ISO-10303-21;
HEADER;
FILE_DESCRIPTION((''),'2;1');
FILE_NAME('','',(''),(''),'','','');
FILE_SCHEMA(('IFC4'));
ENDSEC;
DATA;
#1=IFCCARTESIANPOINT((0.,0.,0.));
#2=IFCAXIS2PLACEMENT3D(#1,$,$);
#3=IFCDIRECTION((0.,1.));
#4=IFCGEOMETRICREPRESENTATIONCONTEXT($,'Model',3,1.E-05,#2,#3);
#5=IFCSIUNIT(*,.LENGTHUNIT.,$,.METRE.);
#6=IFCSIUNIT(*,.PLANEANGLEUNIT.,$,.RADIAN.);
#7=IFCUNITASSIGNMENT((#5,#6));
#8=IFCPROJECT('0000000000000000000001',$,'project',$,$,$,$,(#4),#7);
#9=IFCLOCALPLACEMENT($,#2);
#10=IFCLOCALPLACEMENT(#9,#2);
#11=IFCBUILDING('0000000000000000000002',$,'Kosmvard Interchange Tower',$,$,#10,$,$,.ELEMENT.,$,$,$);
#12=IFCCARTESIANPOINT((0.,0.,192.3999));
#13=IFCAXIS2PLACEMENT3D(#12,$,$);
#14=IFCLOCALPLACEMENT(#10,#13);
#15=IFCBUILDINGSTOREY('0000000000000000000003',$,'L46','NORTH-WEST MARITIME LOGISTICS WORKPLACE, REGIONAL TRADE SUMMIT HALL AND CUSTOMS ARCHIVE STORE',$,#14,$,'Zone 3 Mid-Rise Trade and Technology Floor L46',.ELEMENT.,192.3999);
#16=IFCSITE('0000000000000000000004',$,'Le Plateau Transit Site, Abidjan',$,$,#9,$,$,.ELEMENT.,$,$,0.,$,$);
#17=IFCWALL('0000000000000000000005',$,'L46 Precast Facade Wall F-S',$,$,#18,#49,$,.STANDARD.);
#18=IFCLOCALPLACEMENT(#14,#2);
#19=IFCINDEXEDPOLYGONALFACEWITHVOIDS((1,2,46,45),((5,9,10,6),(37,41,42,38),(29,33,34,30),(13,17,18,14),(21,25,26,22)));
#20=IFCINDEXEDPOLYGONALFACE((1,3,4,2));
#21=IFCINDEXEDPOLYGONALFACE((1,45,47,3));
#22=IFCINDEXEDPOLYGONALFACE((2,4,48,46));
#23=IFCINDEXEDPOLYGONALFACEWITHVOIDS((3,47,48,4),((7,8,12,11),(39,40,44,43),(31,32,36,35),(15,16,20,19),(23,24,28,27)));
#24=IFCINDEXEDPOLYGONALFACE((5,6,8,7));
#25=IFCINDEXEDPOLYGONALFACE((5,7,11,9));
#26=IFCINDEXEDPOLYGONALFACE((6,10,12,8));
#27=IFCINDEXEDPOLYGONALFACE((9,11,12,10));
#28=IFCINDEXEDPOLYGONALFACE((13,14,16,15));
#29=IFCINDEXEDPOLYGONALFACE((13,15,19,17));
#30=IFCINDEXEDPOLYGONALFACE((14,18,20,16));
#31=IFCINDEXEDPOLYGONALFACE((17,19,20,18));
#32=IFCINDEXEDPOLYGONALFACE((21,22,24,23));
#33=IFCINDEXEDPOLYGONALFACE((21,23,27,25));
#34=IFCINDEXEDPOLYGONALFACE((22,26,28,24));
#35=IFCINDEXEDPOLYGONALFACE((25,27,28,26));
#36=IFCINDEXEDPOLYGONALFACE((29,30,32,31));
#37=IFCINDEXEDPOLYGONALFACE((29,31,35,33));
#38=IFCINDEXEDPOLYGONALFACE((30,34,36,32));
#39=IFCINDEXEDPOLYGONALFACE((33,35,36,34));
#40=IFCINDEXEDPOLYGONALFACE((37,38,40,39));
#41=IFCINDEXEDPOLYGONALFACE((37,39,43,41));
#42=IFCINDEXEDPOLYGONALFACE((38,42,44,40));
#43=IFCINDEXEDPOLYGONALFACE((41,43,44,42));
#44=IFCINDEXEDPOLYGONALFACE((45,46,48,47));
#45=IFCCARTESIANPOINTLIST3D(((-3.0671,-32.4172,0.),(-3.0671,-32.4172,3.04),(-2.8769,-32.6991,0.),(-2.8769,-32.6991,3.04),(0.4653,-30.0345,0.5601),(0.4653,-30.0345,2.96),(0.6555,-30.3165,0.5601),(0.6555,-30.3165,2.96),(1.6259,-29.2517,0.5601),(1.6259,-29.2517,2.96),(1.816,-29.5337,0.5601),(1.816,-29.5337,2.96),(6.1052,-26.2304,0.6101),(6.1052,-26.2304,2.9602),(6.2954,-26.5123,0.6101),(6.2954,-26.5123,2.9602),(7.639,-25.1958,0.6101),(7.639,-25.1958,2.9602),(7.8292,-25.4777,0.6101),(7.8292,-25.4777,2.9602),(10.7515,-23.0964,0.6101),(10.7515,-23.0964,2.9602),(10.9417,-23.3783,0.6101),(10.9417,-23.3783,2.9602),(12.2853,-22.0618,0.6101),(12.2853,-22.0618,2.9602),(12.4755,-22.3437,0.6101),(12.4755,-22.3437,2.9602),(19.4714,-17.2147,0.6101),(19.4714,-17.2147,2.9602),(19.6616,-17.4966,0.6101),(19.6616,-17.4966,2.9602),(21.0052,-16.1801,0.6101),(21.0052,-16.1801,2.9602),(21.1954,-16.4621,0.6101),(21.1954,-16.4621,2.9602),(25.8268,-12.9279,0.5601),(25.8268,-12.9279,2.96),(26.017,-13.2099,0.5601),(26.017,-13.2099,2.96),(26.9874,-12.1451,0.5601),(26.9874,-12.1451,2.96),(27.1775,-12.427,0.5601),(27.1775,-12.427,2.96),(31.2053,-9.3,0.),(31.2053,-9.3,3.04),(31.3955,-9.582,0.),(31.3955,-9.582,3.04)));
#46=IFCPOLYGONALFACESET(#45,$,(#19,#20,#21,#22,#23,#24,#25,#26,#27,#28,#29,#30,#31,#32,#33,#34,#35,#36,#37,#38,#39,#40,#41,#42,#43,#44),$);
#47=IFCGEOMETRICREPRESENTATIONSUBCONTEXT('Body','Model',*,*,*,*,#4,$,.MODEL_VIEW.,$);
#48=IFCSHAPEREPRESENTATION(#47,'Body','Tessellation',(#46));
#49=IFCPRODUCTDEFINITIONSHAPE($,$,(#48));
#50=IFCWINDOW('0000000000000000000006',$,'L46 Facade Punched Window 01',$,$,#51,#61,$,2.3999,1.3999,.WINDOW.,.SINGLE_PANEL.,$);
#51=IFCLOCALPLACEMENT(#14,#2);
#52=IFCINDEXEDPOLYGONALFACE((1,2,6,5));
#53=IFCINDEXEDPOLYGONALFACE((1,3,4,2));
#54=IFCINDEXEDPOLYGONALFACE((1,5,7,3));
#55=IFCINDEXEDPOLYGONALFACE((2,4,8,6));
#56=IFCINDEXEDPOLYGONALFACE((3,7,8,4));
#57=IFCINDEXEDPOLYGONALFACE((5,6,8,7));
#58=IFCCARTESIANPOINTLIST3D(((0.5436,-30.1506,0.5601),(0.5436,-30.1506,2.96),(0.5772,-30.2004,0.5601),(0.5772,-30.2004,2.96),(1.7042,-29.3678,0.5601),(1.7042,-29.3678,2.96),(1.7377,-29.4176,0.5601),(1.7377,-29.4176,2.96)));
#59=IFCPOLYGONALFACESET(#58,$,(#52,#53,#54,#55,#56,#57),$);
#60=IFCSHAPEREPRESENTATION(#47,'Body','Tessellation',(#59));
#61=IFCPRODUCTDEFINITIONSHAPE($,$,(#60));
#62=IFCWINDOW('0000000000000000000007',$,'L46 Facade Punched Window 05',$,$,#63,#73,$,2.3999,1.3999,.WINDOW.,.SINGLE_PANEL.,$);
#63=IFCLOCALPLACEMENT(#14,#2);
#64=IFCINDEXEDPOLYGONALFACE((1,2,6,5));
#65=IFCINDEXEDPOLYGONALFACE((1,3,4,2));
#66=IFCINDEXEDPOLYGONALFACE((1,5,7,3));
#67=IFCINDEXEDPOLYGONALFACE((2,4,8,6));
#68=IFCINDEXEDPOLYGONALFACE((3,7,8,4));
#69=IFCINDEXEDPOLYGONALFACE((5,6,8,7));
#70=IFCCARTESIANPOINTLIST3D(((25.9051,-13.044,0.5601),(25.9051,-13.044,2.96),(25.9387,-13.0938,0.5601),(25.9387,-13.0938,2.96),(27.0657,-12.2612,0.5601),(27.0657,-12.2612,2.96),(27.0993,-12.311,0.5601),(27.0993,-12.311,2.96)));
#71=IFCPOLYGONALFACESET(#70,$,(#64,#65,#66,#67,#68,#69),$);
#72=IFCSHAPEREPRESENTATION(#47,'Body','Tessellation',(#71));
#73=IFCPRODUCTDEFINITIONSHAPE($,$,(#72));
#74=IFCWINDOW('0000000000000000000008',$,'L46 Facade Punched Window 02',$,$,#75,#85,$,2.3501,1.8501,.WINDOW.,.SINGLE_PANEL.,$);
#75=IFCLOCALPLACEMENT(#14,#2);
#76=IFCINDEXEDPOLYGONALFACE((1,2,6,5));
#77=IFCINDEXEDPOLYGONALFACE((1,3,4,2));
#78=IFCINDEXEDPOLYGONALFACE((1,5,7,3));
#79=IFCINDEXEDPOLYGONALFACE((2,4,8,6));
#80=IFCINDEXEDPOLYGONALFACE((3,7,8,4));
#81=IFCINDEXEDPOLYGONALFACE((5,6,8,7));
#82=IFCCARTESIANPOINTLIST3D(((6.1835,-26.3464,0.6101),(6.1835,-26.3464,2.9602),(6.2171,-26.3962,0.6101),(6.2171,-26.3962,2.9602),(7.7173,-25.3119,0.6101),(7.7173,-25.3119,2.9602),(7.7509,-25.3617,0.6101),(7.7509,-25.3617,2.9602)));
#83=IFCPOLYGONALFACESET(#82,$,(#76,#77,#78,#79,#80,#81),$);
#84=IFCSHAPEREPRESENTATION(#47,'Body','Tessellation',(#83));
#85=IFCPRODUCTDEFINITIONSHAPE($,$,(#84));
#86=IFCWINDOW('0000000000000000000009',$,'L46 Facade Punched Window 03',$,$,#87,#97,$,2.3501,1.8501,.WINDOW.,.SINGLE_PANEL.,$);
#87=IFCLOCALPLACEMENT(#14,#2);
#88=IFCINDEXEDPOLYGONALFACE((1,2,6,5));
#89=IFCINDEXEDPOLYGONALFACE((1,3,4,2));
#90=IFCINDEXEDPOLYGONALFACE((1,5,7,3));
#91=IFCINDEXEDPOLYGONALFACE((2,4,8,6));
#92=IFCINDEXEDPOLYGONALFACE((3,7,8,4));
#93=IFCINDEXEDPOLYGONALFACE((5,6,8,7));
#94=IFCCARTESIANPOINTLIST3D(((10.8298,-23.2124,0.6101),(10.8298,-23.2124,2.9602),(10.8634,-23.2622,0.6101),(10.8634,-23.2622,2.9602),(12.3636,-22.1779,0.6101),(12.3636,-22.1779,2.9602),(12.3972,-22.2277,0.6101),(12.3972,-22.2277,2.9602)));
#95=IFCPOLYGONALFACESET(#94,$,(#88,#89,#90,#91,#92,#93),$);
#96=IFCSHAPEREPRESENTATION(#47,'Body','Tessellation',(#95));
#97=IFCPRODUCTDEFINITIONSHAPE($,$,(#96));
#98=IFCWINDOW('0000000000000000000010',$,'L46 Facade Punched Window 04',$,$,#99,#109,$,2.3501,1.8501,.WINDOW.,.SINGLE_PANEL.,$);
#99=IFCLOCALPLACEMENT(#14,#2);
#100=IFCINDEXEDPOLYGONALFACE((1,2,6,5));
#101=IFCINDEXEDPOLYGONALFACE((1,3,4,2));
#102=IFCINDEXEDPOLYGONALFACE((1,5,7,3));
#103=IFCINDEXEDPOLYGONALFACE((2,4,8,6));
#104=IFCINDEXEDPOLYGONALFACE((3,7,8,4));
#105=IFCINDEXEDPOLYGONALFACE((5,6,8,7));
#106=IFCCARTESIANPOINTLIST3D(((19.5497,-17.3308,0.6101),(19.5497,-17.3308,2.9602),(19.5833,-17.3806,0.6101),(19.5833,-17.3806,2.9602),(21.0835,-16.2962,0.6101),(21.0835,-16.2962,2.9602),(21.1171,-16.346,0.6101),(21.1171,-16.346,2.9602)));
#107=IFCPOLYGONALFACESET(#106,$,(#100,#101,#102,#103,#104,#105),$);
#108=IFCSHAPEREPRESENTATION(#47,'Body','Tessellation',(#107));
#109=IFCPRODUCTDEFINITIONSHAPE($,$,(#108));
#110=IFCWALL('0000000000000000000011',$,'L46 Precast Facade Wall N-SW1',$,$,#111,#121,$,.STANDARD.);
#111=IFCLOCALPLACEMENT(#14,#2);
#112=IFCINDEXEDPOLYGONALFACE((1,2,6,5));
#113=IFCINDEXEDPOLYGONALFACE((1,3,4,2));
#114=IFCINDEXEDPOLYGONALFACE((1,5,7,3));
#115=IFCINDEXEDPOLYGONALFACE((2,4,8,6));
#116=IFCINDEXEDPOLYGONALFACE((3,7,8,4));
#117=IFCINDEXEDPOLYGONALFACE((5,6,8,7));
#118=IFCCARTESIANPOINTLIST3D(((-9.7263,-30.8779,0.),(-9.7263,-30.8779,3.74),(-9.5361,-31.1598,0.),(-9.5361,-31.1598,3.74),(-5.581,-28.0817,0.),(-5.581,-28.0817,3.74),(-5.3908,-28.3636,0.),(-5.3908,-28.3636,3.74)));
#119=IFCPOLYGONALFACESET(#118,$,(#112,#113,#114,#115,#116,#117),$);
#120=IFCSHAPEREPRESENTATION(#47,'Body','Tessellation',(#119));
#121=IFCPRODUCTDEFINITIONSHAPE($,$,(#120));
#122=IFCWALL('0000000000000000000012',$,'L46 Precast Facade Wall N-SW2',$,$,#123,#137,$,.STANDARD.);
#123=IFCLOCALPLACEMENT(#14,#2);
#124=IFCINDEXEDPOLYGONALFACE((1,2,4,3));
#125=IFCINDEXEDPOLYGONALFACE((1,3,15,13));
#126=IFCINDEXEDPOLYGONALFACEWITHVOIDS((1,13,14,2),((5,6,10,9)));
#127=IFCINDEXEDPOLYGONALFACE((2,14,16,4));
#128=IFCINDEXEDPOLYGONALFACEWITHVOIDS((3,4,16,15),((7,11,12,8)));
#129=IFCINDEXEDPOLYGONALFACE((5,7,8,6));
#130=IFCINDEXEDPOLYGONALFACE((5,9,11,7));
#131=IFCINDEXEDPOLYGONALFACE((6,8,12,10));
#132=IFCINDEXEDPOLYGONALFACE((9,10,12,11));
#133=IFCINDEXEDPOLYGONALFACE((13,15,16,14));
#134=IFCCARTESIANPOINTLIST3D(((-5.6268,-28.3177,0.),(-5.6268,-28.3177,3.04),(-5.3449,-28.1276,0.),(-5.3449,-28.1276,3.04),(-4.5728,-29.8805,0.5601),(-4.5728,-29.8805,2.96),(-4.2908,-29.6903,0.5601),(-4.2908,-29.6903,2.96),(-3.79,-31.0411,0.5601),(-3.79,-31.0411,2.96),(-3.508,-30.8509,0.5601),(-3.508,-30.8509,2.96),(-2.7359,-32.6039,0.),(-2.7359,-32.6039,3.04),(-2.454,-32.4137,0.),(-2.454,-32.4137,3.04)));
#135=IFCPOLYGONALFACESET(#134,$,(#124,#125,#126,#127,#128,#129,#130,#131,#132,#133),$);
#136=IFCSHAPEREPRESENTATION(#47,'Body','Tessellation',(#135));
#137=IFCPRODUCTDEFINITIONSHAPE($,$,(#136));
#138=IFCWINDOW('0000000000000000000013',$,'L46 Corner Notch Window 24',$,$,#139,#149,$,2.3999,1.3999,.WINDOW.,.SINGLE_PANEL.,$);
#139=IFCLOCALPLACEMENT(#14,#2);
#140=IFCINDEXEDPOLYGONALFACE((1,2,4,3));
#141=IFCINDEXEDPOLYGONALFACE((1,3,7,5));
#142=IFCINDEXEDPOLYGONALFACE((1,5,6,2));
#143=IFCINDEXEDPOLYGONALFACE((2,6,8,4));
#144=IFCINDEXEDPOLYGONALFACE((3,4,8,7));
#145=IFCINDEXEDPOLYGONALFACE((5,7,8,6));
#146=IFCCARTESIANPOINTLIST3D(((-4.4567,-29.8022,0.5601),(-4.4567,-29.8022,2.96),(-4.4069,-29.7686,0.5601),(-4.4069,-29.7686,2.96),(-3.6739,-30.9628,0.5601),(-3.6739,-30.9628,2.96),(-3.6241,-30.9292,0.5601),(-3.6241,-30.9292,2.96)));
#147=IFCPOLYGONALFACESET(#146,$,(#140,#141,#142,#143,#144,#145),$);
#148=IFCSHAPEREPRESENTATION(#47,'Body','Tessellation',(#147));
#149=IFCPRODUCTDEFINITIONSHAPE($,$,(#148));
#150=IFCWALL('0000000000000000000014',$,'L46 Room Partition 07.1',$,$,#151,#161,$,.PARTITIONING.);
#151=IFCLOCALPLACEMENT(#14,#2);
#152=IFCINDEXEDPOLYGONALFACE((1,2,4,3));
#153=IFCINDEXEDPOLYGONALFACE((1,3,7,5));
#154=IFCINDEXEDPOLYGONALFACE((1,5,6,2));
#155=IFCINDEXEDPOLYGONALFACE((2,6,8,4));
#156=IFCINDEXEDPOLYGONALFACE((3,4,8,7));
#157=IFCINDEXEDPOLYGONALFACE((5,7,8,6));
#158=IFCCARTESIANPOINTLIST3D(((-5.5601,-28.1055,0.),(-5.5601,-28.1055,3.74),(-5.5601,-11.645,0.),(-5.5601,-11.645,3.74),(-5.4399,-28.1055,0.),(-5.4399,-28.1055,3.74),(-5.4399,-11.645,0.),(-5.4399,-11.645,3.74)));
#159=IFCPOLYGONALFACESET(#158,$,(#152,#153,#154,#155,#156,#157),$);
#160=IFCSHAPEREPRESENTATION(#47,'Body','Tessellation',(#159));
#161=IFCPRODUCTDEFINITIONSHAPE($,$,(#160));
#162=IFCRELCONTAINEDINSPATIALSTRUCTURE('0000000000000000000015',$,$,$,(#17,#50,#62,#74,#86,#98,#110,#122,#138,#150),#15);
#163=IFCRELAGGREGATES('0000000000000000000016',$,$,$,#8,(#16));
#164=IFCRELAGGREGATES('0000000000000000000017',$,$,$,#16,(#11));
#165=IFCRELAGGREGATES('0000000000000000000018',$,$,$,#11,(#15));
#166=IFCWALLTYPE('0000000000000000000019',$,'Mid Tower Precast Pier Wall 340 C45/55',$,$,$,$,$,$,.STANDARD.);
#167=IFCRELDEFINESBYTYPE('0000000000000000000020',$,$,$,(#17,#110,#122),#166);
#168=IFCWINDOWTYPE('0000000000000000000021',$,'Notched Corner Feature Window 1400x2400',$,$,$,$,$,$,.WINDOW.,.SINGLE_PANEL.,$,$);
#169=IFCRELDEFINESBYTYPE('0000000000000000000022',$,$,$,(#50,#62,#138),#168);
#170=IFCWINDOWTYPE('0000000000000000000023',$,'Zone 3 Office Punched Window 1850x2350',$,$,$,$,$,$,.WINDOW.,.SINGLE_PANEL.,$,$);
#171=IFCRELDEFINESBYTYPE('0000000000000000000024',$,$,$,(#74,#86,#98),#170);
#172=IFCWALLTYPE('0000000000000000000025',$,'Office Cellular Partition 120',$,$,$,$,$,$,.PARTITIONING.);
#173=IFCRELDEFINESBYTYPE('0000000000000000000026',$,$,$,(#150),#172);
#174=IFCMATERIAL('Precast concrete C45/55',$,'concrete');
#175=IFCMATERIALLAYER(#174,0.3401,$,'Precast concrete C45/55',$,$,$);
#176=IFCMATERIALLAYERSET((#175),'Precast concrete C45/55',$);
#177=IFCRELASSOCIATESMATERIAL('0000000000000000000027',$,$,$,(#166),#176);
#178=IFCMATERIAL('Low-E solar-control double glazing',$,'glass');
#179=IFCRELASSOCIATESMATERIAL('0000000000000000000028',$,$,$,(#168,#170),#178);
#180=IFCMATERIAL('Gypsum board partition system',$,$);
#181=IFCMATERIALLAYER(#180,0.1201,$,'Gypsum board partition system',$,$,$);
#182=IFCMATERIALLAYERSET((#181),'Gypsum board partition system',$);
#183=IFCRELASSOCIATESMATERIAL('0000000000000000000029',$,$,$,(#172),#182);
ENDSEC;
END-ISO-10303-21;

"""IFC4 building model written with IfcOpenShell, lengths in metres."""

from ifc_helpers import new_model, si_unit, direction, frame, frame_2d, origin, place, context, subcontext, project, spatial, rectangle, extrude, source, transform, mapped, material, layer, layer_set, type_object, element, fill, save


model = new_model("IFC4")

# Units and contexts
model_context = context("Model", 3, precision=1e-05, world=origin(), true_north=direction((0.0, 1.0)))
body_context = subcontext(model_context, "Body", "Model", "MODEL_VIEW")
ifc_project = project(units=[si_unit("LENGTHUNIT", "METRE"), si_unit("PLANEANGLEUNIT", "RADIAN")], contexts=[model_context])

# Site, building, storey
site_placement = place(None, origin())
site = spatial("IfcSite", under=ifc_project, at=site_placement, Name="Le Plateau Transit Site, Abidjan", CompositionType="ELEMENT", RefElevation=0.0)
building_placement = place(site_placement, origin())
building = spatial("IfcBuilding", under=site, at=building_placement, Name="Kosmvard Interchange Tower", CompositionType="ELEMENT")
storey_placement = place(building_placement, frame((0.0, 0.0, 192.3999)))
storey = spatial("IfcBuildingStorey", under=building, at=storey_placement, Name="L46", Description="NORTH-WEST MARITIME LOGISTICS WORKPLACE, REGIONAL TRADE SUMMIT HALL AND CUSTOMS ARCHIVE STORE", LongName="Zone 3 Mid-Rise Trade and Technology Floor L46", CompositionType="ELEMENT", Elevation=192.3999)

# Shared definitions
ifc_material_1 = material(Name="Precast concrete C45/55", Category="concrete")

# Wall, openings, windows
ifc_layer_1 = layer(ifc_material_1, 0.3401, Name="Precast concrete C45/55")
ifc_layer_set_1 = layer_set([ifc_layer_1], Name="Precast concrete C45/55")
wall_type_1 = type_object("IfcWallType", Name="Mid Tower Precast Pier Wall 340 C45/55", PredefinedType="STANDARD", material=ifc_layer_set_1)
wall_1_placement = place(storey_placement, frame((-2.9719, -32.5581, 0.0), z_axis=(0.0, 0.0, 1.0), x_axis=(0.829036, 0.559195, 0.0)))
wall_1 = element("IfcWall", 1, at=wall_1_placement, inside=storey, type_object=wall_type_1, Name="L46 Precast Facade Wall F-S", PredefinedType="STANDARD", context=body_context, shape_type="SweptSolid", body=[
    extrude(rectangle(XDim=41.3401, YDim=0.3401, at=frame_2d((20.6699, 0.0))), origin(), (0.0, 0.0, 1.0), 3.04),
])
opening_1_placement = place(wall_1_placement, frame((4.2607, 0.0, 0.5601)))
opening_1 = element("IfcOpeningElement", 2, at=opening_1_placement, cuts=wall_1, PredefinedType="OPENING", context=body_context, shape_type="SweptSolid", body=[
    extrude(rectangle(XDim=1.3999, YDim=2.3999, at=frame_2d((0.7, 1.2))), frame((0.0, 0.1802, 0.0), z_axis=(0.0, -1.0, 0.0), x_axis=(1.0, 0.0, 0.0)), (0.0, 0.0, 1.0), 0.3601),
])
opening_2_placement = place(wall_1_placement, frame((11.0637, 0.0, 0.6101)))
opening_2 = element("IfcOpeningElement", 3, at=opening_2_placement, cuts=wall_1, PredefinedType="OPENING", context=body_context, shape_type="SweptSolid", body=[
    extrude(rectangle(XDim=1.8501, YDim=2.3501, at=frame_2d((0.925, 1.175))), frame((0.0, 0.1802, 0.0), z_axis=(0.0, -1.0, 0.0), x_axis=(1.0, 0.0, 0.0)), (0.0, 0.0, 1.0), 0.3601),
])
opening_3_placement = place(wall_1_placement, frame((16.6682, 0.0, 0.6101)))
opening_3 = element("IfcOpeningElement", 4, at=opening_3_placement, cuts=wall_1, PredefinedType="OPENING", context=body_context, shape_type="SweptSolid", body=[
    extrude(rectangle(XDim=1.8501, YDim=2.3501, at=frame_2d((0.925, 1.175))), frame((0.0, 0.1802, 0.0), z_axis=(0.0, -1.0, 0.0), x_axis=(1.0, 0.0, 0.0)), (0.0, 0.0, 1.0), 0.3601),
])
opening_4_placement = place(wall_1_placement, frame((27.1863, 0.0, 0.6101)))
opening_4 = element("IfcOpeningElement", 5, at=opening_4_placement, cuts=wall_1, PredefinedType="OPENING", context=body_context, shape_type="SweptSolid", body=[
    extrude(rectangle(XDim=1.8501, YDim=2.3501, at=frame_2d((0.925, 1.175))), frame((0.0, 0.1802, 0.0), z_axis=(0.0, -1.0, 0.0), x_axis=(1.0, 0.0, 0.0)), (0.0, 0.0, 1.0), 0.3601),
])
opening_5_placement = place(wall_1_placement, frame((34.8523, 0.0, 0.5601)))
opening_5 = element("IfcOpeningElement", 6, at=opening_5_placement, cuts=wall_1, PredefinedType="OPENING", context=body_context, shape_type="SweptSolid", body=[
    extrude(rectangle(XDim=1.3999, YDim=2.3999, at=frame_2d((0.7, 1.2))), frame((0.0, 0.1802, 0.0), z_axis=(0.0, -1.0, 0.0), x_axis=(1.0, 0.0, 0.0)), (0.0, 0.0, 1.0), 0.3601),
])
ifc_material_2 = material(Name="Low-E solar-control double glazing", Category="glass")
window_type_1 = type_object("IfcWindowType", Name="Notched Corner Feature Window 1400x2400", PartitioningType="SINGLE_PANEL", PredefinedType="WINDOW", material=ifc_material_2)
shared_shape_1 = source(origin(), body_context, "Body", "SweptSolid", [
    extrude(rectangle(XDim=1.3999, YDim=2.3999, at=frame_2d((0.7, 1.2))), frame((0.0, 0.03, 0.0), z_axis=(0.0, -1.0, 0.0), x_axis=(1.0, 0.0, 0.0)), (0.0, 0.0, 1.0), 0.0601),
])
window_1_placement = place(opening_1_placement, origin())
window_1 = element("IfcWindow", 7, at=window_1_placement, inside=storey, type_object=window_type_1, Name="L46 Facade Punched Window 01", OverallHeight=2.3999, OverallWidth=1.3999, PartitioningType="SINGLE_PANEL", PredefinedType="WINDOW", context=body_context, shape_type="MappedRepresentation", body=[
    mapped(shared_shape_1, transform((0.0, 0.0, 0.0), scale=1.0)),
])
fill(opening_1, window_1)
window_2_placement = place(opening_5_placement, origin())
window_2 = element("IfcWindow", 8, at=window_2_placement, inside=storey, type_object=window_type_1, Name="L46 Facade Punched Window 05", OverallHeight=2.3999, OverallWidth=1.3999, PartitioningType="SINGLE_PANEL", PredefinedType="WINDOW", context=body_context, shape_type="MappedRepresentation", body=[
    mapped(shared_shape_1, transform((0.0, 0.0, 0.0), scale=1.0)),
])
fill(opening_5, window_2)
window_type_2 = type_object("IfcWindowType", Name="Zone 3 Office Punched Window 1850x2350", PartitioningType="SINGLE_PANEL", PredefinedType="WINDOW", material=ifc_material_2)
shared_shape_2 = source(origin(), body_context, "Body", "SweptSolid", [
    extrude(rectangle(XDim=1.8501, YDim=2.3501, at=frame_2d((0.925, 1.175))), frame((0.0, 0.03, 0.0), z_axis=(0.0, -1.0, 0.0), x_axis=(1.0, 0.0, 0.0)), (0.0, 0.0, 1.0), 0.0601),
])
window_3_placement = place(opening_2_placement, origin())
window_3 = element("IfcWindow", 9, at=window_3_placement, inside=storey, type_object=window_type_2, Name="L46 Facade Punched Window 02", OverallHeight=2.3501, OverallWidth=1.8501, PartitioningType="SINGLE_PANEL", PredefinedType="WINDOW", context=body_context, shape_type="MappedRepresentation", body=[
    mapped(shared_shape_2, transform((0.0, 0.0, 0.0), scale=1.0)),
])
fill(opening_2, window_3)
window_4_placement = place(opening_3_placement, origin())
window_4 = element("IfcWindow", 10, at=window_4_placement, inside=storey, type_object=window_type_2, Name="L46 Facade Punched Window 03", OverallHeight=2.3501, OverallWidth=1.8501, PartitioningType="SINGLE_PANEL", PredefinedType="WINDOW", context=body_context, shape_type="MappedRepresentation", body=[
    mapped(shared_shape_2, transform((0.0, 0.0, 0.0), scale=1.0)),
])
fill(opening_3, window_4)
window_5_placement = place(opening_4_placement, origin())
window_5 = element("IfcWindow", 11, at=window_5_placement, inside=storey, type_object=window_type_2, Name="L46 Facade Punched Window 04", OverallHeight=2.3501, OverallWidth=1.8501, PartitioningType="SINGLE_PANEL", PredefinedType="WINDOW", context=body_context, shape_type="MappedRepresentation", body=[
    mapped(shared_shape_2, transform((0.0, 0.0, 0.0), scale=1.0)),
])
fill(opening_4, window_5)

# Wall
wall_2_placement = place(storey_placement, frame((-9.6311, -31.0188, 0.0), z_axis=(0.0, 0.0, 1.0), x_axis=(0.829026, 0.55921, 0.0)))
element("IfcWall", 12, at=wall_2_placement, inside=storey, type_object=wall_type_1, Name="L46 Precast Facade Wall N-SW1", PredefinedType="STANDARD", context=body_context, shape_type="SweptSolid", body=[
    extrude(rectangle(XDim=5.0002, YDim=0.3401, at=frame_2d((2.5, 0.0))), origin(), (0.0, 0.0, 1.0), 3.74),
])

# Wall, opening, window
wall_3_placement = place(storey_placement, frame((-5.4858, -28.2227, 0.0), z_axis=(0.0, 0.0, 1.0), x_axis=(0.559171, -0.829052, 0.0)))
wall_3 = element("IfcWall", 13, at=wall_3_placement, inside=storey, type_object=wall_type_1, Name="L46 Precast Facade Wall N-SW2", PredefinedType="STANDARD", context=body_context, shape_type="SweptSolid", body=[
    extrude(rectangle(XDim=5.1699, YDim=0.3401, at=frame_2d((2.585, 0.0))), origin(), (0.0, 0.0, 1.0), 3.04),
])
opening_6_placement = place(wall_3_placement, frame((1.885, 0.0, 0.5601)))
opening_6 = element("IfcOpeningElement", 14, at=opening_6_placement, cuts=wall_3, PredefinedType="OPENING", context=body_context, shape_type="SweptSolid", body=[
    extrude(rectangle(XDim=1.3999, YDim=2.3999, at=frame_2d((0.7, 1.2))), frame((0.0, 0.1802, 0.0), z_axis=(0.0, -1.0, 0.0), x_axis=(1.0, 0.0, 0.0)), (0.0, 0.0, 1.0), 0.3601),
])
window_6_placement = place(opening_6_placement, origin())
window_6 = element("IfcWindow", 15, at=window_6_placement, inside=storey, type_object=window_type_1, Name="L46 Corner Notch Window 24", OverallHeight=2.3999, OverallWidth=1.3999, PartitioningType="SINGLE_PANEL", PredefinedType="WINDOW", context=body_context, shape_type="MappedRepresentation", body=[
    mapped(shared_shape_1, transform((0.0, 0.0, 0.0), scale=1.0)),
])
fill(opening_6, window_6)

# Wall
ifc_material_3 = material(Name="Gypsum board partition system")
ifc_layer_2 = layer(ifc_material_3, 0.1201, Name="Gypsum board partition system")
ifc_layer_set_2 = layer_set([ifc_layer_2], Name="Gypsum board partition system")
wall_type_2 = type_object("IfcWallType", Name="Office Cellular Partition 120", PredefinedType="PARTITIONING", material=ifc_layer_set_2)
wall_4_placement = place(storey_placement, frame((-5.5, -28.1055, 0.0), z_axis=(0.0, 0.0, 1.0), x_axis=(0.0, 1.0, 0.0)))
element("IfcWall", 16, at=wall_4_placement, inside=storey, type_object=wall_type_2, Name="L46 Room Partition 07.1", PredefinedType="PARTITIONING", context=body_context, shape_type="SweptSolid", body=[
    extrude(rectangle(XDim=16.4604, YDim=0.1201, at=frame_2d((8.2302, 0.0))), origin(), (0.0, 0.0, 1.0), 3.74),
])

save(model, "model.ifc")
